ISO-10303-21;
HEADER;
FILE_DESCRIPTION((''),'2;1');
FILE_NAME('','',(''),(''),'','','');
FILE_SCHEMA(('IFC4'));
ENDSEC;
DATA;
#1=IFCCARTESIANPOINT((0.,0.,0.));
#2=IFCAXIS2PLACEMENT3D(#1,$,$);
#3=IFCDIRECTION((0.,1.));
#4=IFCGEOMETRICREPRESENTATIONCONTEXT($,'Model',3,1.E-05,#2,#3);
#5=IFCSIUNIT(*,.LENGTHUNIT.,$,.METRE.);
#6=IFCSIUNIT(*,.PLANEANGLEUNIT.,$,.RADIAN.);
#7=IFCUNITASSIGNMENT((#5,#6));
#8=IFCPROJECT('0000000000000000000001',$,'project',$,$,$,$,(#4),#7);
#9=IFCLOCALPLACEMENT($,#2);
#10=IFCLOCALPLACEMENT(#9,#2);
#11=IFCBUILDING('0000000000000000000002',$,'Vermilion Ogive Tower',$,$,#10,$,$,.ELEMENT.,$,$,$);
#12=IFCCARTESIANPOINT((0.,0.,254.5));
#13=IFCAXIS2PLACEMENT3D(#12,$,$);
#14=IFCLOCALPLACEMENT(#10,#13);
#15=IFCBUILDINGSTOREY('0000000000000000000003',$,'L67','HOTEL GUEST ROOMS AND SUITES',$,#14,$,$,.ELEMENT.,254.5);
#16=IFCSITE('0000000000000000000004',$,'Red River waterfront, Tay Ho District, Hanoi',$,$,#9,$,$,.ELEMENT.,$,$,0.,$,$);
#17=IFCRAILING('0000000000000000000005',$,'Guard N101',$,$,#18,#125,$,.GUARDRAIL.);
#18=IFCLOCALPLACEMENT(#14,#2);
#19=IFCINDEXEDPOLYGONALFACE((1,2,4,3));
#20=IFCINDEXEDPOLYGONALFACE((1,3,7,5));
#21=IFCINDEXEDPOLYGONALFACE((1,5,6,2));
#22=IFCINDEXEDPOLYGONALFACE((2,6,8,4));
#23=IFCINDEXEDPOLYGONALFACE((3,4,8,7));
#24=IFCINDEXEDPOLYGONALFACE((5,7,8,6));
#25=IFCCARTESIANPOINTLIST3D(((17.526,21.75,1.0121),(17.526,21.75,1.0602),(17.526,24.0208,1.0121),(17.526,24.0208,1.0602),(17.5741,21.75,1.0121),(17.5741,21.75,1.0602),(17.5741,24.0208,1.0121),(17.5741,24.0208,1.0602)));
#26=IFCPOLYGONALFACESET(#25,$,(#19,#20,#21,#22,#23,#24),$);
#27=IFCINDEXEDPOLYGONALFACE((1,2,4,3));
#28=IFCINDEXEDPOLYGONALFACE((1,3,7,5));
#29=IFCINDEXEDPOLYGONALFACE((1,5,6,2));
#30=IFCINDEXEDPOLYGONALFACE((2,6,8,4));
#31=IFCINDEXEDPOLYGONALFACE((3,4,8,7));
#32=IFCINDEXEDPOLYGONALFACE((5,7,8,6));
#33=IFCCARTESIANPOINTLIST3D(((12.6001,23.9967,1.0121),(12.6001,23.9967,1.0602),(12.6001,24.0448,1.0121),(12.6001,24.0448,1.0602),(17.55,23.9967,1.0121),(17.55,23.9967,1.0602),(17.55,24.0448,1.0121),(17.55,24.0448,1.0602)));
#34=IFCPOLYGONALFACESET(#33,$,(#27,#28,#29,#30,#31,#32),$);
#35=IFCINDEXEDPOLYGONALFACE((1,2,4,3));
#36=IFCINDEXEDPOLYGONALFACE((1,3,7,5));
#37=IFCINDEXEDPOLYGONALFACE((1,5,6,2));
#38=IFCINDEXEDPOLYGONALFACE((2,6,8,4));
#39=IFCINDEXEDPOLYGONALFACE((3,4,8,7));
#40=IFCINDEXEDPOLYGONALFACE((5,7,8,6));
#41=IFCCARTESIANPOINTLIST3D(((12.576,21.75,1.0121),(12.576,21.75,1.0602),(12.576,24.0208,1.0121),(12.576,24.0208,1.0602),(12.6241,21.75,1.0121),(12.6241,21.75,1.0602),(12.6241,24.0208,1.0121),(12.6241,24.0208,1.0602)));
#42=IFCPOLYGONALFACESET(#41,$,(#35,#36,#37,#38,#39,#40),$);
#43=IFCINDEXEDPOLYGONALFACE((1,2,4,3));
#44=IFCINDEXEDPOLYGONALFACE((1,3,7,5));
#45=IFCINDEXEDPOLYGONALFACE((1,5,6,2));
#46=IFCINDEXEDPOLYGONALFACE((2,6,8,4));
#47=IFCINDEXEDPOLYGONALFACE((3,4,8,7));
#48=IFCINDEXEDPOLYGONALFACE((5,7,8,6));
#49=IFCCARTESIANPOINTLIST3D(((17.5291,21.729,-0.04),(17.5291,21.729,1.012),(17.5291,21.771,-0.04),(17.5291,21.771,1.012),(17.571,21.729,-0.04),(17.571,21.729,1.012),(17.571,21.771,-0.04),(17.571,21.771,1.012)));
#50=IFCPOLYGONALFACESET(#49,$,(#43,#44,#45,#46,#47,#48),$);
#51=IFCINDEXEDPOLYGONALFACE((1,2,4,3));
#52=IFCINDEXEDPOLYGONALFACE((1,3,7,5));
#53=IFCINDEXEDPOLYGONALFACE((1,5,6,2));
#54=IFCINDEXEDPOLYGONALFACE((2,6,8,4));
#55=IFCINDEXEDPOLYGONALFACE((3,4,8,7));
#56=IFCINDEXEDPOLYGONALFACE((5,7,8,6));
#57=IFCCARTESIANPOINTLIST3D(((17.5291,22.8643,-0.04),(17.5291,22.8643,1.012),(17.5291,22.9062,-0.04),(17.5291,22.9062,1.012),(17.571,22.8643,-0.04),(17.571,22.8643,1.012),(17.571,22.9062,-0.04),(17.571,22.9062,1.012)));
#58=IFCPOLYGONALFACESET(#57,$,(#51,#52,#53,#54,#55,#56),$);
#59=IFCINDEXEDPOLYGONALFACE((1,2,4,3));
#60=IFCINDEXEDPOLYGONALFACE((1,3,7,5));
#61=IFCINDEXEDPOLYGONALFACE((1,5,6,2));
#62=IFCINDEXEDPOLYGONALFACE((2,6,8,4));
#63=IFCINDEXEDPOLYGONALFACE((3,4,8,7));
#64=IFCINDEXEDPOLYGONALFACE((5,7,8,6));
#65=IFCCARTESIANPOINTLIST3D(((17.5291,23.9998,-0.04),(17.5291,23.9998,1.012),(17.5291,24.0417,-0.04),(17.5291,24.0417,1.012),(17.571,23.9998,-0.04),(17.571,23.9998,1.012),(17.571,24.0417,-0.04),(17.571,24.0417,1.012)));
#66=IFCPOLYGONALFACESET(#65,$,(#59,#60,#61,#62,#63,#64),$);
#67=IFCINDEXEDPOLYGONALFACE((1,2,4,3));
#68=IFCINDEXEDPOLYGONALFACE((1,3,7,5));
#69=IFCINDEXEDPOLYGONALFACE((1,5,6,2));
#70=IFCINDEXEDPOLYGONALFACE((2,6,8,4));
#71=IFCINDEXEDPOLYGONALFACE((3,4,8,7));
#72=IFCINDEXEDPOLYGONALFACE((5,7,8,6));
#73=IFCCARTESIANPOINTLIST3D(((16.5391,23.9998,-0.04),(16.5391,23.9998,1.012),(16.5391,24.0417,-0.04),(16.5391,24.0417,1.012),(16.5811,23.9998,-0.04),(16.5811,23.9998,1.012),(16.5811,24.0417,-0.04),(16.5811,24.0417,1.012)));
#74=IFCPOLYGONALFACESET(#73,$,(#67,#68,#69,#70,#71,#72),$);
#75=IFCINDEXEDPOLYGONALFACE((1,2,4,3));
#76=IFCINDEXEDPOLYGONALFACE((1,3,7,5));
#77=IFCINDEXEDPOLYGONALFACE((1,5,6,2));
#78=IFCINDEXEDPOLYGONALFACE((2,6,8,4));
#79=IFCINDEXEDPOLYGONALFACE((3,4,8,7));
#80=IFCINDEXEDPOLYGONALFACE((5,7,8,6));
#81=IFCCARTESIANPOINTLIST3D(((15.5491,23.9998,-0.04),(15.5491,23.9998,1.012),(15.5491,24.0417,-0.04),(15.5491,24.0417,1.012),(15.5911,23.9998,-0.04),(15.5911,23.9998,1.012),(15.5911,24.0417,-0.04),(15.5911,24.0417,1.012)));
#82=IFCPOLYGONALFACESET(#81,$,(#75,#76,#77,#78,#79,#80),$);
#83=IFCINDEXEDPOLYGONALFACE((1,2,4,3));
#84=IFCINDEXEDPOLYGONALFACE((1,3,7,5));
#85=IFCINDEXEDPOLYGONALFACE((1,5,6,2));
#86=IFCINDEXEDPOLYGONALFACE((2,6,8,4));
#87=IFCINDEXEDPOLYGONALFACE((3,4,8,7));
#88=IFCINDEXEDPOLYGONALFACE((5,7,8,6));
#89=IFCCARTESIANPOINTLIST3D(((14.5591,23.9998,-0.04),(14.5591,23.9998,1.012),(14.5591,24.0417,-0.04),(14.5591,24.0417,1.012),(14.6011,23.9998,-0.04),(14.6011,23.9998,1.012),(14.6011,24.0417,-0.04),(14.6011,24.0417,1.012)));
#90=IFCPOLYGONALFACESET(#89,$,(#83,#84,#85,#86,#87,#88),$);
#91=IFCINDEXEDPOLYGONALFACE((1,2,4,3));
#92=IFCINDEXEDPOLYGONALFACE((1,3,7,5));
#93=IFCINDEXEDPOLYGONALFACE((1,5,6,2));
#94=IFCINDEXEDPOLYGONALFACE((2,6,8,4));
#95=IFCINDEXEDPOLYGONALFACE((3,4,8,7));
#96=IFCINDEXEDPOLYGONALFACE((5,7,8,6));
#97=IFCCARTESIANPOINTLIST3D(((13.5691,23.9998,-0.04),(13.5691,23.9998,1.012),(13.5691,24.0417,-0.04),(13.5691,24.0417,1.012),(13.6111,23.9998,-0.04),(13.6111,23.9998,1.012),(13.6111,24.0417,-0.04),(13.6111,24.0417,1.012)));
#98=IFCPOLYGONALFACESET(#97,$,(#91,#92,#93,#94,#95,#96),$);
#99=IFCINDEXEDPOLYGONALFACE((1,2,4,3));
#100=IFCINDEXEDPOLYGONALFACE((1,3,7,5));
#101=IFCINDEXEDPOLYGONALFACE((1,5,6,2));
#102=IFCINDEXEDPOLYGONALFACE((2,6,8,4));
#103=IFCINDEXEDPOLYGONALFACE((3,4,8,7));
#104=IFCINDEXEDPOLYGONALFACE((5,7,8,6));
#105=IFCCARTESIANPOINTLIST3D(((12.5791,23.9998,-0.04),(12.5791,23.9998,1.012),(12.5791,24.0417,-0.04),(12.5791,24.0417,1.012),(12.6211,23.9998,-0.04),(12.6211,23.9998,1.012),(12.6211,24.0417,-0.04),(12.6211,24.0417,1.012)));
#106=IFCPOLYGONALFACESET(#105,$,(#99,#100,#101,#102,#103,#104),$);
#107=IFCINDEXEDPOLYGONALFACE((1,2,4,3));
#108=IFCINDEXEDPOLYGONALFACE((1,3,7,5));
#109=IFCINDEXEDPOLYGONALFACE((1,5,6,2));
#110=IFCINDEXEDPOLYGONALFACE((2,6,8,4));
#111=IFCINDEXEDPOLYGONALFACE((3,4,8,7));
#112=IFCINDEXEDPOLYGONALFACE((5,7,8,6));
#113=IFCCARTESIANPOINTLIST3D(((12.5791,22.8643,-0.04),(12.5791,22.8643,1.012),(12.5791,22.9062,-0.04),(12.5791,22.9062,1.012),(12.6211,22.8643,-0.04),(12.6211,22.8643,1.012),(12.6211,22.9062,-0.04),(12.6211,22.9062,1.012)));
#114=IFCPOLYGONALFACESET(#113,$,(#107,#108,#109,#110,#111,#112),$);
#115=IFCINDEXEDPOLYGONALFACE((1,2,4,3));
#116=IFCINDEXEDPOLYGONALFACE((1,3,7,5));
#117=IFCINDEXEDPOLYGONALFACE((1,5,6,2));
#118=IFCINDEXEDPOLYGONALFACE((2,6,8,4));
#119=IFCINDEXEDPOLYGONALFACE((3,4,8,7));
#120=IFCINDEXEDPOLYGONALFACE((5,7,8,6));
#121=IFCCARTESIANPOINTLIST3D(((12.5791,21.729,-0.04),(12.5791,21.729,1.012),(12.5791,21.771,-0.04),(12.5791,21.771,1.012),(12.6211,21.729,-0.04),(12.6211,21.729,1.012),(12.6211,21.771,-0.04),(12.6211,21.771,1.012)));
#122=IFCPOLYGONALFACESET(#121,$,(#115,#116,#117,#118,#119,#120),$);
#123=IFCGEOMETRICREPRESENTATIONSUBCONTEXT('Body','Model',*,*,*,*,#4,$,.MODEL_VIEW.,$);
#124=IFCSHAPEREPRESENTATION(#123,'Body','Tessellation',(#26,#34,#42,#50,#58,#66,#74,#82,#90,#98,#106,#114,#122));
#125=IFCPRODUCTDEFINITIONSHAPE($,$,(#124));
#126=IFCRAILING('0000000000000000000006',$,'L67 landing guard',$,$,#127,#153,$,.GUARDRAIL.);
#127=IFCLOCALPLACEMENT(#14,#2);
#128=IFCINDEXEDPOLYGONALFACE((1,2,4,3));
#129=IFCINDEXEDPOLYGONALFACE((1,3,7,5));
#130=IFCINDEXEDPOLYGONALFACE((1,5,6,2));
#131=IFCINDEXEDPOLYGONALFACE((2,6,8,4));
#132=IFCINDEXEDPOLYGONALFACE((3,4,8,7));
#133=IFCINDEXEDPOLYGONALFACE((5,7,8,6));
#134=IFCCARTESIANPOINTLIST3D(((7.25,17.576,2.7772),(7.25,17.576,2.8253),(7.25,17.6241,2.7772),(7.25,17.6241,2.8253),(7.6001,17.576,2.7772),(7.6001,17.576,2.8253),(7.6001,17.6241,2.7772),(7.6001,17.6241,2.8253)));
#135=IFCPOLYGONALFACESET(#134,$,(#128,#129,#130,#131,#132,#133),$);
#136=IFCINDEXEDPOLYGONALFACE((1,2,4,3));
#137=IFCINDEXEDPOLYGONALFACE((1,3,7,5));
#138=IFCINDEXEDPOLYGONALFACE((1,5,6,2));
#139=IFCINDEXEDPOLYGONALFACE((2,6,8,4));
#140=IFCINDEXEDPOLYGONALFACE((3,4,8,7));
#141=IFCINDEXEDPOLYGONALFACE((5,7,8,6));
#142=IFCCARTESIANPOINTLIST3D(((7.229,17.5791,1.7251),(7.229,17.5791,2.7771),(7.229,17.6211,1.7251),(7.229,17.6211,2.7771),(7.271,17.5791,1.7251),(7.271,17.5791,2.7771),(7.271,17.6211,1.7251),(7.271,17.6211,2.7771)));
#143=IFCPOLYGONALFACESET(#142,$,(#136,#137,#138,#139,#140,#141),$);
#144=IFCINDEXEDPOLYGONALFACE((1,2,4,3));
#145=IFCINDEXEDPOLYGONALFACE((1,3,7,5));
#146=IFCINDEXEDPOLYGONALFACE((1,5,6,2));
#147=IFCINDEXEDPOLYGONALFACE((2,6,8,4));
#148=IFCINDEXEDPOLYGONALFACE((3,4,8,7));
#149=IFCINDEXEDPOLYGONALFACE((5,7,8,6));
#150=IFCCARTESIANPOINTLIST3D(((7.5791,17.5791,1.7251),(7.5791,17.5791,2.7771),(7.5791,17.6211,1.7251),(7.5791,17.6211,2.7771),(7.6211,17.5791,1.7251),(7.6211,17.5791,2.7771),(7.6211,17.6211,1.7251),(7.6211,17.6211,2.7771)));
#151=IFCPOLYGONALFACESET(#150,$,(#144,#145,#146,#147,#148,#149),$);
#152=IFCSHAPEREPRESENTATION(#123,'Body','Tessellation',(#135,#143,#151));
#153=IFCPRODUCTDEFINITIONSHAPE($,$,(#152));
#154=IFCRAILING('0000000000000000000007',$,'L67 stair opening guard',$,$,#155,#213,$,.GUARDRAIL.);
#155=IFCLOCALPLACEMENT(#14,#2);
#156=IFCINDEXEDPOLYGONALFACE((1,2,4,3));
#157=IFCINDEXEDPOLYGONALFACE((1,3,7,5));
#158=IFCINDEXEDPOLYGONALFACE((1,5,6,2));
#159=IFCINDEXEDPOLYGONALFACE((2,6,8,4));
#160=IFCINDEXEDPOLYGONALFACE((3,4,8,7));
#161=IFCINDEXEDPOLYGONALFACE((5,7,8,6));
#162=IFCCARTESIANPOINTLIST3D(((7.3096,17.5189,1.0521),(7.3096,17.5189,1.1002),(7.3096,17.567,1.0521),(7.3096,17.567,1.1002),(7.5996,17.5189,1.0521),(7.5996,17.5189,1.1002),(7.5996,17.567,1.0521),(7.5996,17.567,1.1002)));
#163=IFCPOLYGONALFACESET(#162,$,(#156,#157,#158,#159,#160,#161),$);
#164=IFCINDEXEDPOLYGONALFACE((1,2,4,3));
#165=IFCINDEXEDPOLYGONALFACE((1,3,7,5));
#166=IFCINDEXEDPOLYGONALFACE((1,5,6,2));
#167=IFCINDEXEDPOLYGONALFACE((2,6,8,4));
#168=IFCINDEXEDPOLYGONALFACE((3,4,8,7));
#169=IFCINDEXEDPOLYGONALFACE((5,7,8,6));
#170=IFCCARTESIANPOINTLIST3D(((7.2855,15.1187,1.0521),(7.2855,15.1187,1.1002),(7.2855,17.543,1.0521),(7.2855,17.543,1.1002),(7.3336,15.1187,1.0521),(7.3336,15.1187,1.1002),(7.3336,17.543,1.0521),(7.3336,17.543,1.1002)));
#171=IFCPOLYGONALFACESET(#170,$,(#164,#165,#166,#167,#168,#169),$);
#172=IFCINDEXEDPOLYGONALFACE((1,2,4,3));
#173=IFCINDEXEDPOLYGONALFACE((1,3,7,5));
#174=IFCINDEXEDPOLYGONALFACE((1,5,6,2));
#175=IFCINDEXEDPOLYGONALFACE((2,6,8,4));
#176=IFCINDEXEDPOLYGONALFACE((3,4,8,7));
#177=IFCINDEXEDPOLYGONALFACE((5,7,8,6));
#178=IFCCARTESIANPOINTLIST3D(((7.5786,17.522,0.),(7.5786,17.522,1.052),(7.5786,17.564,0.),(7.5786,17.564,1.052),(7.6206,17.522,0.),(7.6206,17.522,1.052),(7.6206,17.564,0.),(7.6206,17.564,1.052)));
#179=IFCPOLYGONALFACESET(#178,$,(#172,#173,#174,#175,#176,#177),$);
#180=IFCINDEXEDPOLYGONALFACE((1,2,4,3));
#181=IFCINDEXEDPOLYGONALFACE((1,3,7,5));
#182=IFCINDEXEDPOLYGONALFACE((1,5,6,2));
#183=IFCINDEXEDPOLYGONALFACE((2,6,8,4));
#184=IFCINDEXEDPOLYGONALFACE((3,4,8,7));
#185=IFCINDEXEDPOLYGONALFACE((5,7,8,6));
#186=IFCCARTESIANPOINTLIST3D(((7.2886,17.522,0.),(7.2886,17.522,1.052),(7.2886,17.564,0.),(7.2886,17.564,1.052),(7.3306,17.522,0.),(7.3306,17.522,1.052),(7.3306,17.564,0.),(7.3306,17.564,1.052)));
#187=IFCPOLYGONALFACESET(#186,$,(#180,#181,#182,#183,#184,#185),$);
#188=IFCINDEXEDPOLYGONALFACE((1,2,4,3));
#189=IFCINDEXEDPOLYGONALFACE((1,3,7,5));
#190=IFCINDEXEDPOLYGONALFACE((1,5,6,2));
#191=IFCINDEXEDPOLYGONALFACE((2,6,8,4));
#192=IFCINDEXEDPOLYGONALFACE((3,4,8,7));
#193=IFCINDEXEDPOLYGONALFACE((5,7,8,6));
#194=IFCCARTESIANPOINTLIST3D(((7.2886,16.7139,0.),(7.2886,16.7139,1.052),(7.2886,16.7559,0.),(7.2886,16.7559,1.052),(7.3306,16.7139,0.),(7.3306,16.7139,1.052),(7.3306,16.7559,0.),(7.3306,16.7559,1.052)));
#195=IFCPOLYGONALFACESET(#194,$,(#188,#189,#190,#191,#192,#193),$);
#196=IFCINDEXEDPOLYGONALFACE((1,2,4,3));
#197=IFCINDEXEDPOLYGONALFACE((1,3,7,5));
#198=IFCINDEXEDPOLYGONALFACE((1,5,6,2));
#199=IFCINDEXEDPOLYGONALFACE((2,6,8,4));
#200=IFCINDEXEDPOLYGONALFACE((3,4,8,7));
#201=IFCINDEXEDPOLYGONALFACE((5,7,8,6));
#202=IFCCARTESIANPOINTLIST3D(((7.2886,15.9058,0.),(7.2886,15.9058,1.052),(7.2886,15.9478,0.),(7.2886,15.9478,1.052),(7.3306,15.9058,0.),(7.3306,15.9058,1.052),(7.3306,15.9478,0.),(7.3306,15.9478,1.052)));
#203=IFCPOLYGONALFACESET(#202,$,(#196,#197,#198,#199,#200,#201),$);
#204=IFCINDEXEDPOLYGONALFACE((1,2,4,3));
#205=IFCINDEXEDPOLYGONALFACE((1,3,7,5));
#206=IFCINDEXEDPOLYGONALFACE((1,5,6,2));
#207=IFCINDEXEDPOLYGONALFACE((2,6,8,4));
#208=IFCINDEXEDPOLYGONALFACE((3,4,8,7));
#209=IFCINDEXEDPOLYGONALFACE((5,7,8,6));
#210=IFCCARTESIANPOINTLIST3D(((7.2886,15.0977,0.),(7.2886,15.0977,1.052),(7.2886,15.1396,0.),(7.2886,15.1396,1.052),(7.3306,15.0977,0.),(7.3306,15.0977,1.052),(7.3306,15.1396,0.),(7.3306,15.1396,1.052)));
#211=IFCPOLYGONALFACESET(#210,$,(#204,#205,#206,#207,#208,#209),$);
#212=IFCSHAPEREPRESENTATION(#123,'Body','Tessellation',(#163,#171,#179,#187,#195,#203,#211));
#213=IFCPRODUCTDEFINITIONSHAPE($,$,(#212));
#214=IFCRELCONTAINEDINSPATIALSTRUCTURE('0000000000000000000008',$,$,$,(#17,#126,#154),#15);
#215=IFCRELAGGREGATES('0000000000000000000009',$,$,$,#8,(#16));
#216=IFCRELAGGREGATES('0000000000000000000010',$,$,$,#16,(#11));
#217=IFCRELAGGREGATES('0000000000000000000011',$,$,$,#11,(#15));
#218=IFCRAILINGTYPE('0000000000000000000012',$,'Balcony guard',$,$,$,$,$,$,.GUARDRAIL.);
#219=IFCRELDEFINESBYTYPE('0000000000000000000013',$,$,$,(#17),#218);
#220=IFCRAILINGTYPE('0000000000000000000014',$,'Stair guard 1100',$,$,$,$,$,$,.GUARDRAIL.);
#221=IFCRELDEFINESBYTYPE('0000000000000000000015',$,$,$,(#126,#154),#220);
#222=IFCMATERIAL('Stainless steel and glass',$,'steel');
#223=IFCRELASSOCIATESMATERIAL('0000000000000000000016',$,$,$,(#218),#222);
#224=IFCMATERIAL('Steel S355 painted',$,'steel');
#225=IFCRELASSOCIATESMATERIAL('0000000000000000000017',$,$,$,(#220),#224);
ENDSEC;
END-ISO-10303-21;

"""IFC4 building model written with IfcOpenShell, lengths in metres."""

from ifc_helpers import new_model, si_unit, direction, frame, origin, origin_2d, place, context, subcontext, project, spatial, rectangle, extrude, material, type_object, element, save


model = new_model("IFC4")

# Units and contexts
model_context = context("Model", 3, precision=1e-05, world=origin(), true_north=direction((0.0, 1.0)))
body_context = subcontext(model_context, "Body", "Model", "MODEL_VIEW")
ifc_project = project(units=[si_unit("LENGTHUNIT", "METRE"), si_unit("PLANEANGLEUNIT", "RADIAN")], contexts=[model_context])

# Site, building, storey
site_placement = place(None, origin())
site = spatial("IfcSite", under=ifc_project, at=site_placement, Name="Red River waterfront, Tay Ho District, Hanoi", CompositionType="ELEMENT", RefElevation=0.0)
building_placement = place(site_placement, origin())
building = spatial("IfcBuilding", under=site, at=building_placement, Name="Vermilion Ogive Tower", CompositionType="ELEMENT")
storey_placement = place(building_placement, frame((0.0, 0.0, 254.5)))
storey = spatial("IfcBuildingStorey", under=building, at=storey_placement, Name="L67", Description="HOTEL GUEST ROOMS AND SUITES", CompositionType="ELEMENT", Elevation=254.5)

# Railings
ifc_material_1 = material(Name="Stainless steel and glass", Category="steel")
railing_type_1 = type_object("IfcRailingType", Name="Balcony guard", PredefinedType="GUARDRAIL", material=ifc_material_1)
railing_1_placement = place(storey_placement, frame((17.55, 21.75, -0.04)))
element("IfcRailing", 1, at=railing_1_placement, inside=storey, type_object=railing_type_1, Name="Guard N101", PredefinedType="GUARDRAIL", context=body_context, shape_type="SweptSolid", body=[
    extrude(rectangle(XDim=0.0481, YDim=0.0481, at=origin_2d()), frame((0.0, 0.0, 1.0762), z_axis=(0.0, 1.0, 0.0), x_axis=(-1.0, 0.0, 0.0)), (0.0, 0.0, 1.0), 2.2708),
    extrude(rectangle(XDim=0.0481, YDim=0.0481, at=origin_2d()), frame((0.0, 2.2708, 1.0762), z_axis=(-1.0, 0.0, 0.0), x_axis=(0.0, -1.0, 0.0)), (0.0, 0.0, 1.0), 4.95),
    extrude(rectangle(XDim=0.0481, YDim=0.0481, at=origin_2d()), frame((-4.95, 2.2708, 1.0762), z_axis=(0.0, -1.0, 0.0), x_axis=(1.0, 0.0, 0.0)), (0.0, 0.0, 1.0), 2.2708),
    extrude(rectangle(XDim=0.042, YDim=0.042, at=origin_2d()), origin(), (0.0, 0.0, 1.0), 1.052),
    extrude(rectangle(XDim=0.042, YDim=0.042, at=origin_2d()), frame((0.0, 1.1353, 0.0)), (0.0, 0.0, 1.0), 1.052),
    extrude(rectangle(XDim=0.042, YDim=0.042, at=origin_2d()), frame((0.0, 2.2708, 0.0)), (0.0, 0.0, 1.0), 1.052),
    extrude(rectangle(XDim=0.042, YDim=0.042, at=origin_2d()), frame((-0.99, 2.2708, 0.0)), (0.0, 0.0, 1.0), 1.052),
    extrude(rectangle(XDim=0.042, YDim=0.042, at=origin_2d()), frame((-1.98, 2.2708, 0.0)), (0.0, 0.0, 1.0), 1.052),
    extrude(rectangle(XDim=0.042, YDim=0.042, at=origin_2d()), frame((-2.97, 2.2708, 0.0)), (0.0, 0.0, 1.0), 1.052),
    extrude(rectangle(XDim=0.042, YDim=0.042, at=origin_2d()), frame((-3.96, 2.2708, 0.0)), (0.0, 0.0, 1.0), 1.052),
    extrude(rectangle(XDim=0.042, YDim=0.042, at=origin_2d()), frame((-4.95, 2.2708, 0.0)), (0.0, 0.0, 1.0), 1.052),
    extrude(rectangle(XDim=0.042, YDim=0.042, at=origin_2d()), frame((-4.95, 1.1353, 0.0)), (0.0, 0.0, 1.0), 1.052),
    extrude(rectangle(XDim=0.042, YDim=0.042, at=origin_2d()), frame((-4.95, 0.0, 0.0)), (0.0, 0.0, 1.0), 1.052),
])
ifc_material_2 = material(Name="Steel S355 painted", Category="steel")
railing_type_2 = type_object("IfcRailingType", Name="Stair guard 1100", PredefinedType="GUARDRAIL", material=ifc_material_2)
railing_2_placement = place(storey_placement, frame((7.25, 17.6001, 1.7251)))
element("IfcRailing", 2, at=railing_2_placement, inside=storey, type_object=railing_type_2, Name="L67 landing guard", PredefinedType="GUARDRAIL", context=body_context, shape_type="SweptSolid", body=[
    extrude(rectangle(XDim=0.0481, YDim=0.0481, at=origin_2d()), frame((0.0, 0.0, 1.0762), z_axis=(1.0, 0.0, 0.0), x_axis=(0.0, 1.0, 0.0)), (0.0, 0.0, 1.0), 0.3501),
    extrude(rectangle(XDim=0.042, YDim=0.042, at=origin_2d()), origin(), (0.0, 0.0, 1.0), 1.052),
    extrude(rectangle(XDim=0.042, YDim=0.042, at=origin_2d()), frame((0.3501, 0.0, 0.0)), (0.0, 0.0, 1.0), 1.052),
])
railing_3_placement = place(storey_placement, frame((7.5996, 17.543, 0.0)))
element("IfcRailing", 3, at=railing_3_placement, inside=storey, type_object=railing_type_2, Name="L67 stair opening guard", PredefinedType="GUARDRAIL", context=body_context, shape_type="SweptSolid", body=[
    extrude(rectangle(XDim=0.0481, YDim=0.0481, at=origin_2d()), frame((0.0, 0.0, 1.0762), z_axis=(-1.0, 0.0, 0.0), x_axis=(0.0, -1.0, 0.0)), (0.0, 0.0, 1.0), 0.29),
    extrude(rectangle(XDim=0.0481, YDim=0.0481, at=origin_2d()), frame((-0.29, 0.0, 1.0762), z_axis=(0.0, -1.0, 0.0), x_axis=(1.0, 0.0, 0.0)), (0.0, 0.0, 1.0), 2.4243),
    extrude(rectangle(XDim=0.042, YDim=0.042, at=origin_2d()), origin(), (0.0, 0.0, 1.0), 1.052),
    extrude(rectangle(XDim=0.042, YDim=0.042, at=origin_2d()), frame((-0.29, 0.0, 0.0)), (0.0, 0.0, 1.0), 1.052),
    extrude(rectangle(XDim=0.042, YDim=0.042, at=origin_2d()), frame((-0.29, -0.8081, 0.0)), (0.0, 0.0, 1.0), 1.052),
    extrude(rectangle(XDim=0.042, YDim=0.042, at=origin_2d()), frame((-0.29, -1.6162, 0.0)), (0.0, 0.0, 1.0), 1.052),
    extrude(rectangle(XDim=0.042, YDim=0.042, at=origin_2d()), frame((-0.29, -2.4243, 0.0)), (0.0, 0.0, 1.0), 1.052),
])

save(model, "model.ifc")
